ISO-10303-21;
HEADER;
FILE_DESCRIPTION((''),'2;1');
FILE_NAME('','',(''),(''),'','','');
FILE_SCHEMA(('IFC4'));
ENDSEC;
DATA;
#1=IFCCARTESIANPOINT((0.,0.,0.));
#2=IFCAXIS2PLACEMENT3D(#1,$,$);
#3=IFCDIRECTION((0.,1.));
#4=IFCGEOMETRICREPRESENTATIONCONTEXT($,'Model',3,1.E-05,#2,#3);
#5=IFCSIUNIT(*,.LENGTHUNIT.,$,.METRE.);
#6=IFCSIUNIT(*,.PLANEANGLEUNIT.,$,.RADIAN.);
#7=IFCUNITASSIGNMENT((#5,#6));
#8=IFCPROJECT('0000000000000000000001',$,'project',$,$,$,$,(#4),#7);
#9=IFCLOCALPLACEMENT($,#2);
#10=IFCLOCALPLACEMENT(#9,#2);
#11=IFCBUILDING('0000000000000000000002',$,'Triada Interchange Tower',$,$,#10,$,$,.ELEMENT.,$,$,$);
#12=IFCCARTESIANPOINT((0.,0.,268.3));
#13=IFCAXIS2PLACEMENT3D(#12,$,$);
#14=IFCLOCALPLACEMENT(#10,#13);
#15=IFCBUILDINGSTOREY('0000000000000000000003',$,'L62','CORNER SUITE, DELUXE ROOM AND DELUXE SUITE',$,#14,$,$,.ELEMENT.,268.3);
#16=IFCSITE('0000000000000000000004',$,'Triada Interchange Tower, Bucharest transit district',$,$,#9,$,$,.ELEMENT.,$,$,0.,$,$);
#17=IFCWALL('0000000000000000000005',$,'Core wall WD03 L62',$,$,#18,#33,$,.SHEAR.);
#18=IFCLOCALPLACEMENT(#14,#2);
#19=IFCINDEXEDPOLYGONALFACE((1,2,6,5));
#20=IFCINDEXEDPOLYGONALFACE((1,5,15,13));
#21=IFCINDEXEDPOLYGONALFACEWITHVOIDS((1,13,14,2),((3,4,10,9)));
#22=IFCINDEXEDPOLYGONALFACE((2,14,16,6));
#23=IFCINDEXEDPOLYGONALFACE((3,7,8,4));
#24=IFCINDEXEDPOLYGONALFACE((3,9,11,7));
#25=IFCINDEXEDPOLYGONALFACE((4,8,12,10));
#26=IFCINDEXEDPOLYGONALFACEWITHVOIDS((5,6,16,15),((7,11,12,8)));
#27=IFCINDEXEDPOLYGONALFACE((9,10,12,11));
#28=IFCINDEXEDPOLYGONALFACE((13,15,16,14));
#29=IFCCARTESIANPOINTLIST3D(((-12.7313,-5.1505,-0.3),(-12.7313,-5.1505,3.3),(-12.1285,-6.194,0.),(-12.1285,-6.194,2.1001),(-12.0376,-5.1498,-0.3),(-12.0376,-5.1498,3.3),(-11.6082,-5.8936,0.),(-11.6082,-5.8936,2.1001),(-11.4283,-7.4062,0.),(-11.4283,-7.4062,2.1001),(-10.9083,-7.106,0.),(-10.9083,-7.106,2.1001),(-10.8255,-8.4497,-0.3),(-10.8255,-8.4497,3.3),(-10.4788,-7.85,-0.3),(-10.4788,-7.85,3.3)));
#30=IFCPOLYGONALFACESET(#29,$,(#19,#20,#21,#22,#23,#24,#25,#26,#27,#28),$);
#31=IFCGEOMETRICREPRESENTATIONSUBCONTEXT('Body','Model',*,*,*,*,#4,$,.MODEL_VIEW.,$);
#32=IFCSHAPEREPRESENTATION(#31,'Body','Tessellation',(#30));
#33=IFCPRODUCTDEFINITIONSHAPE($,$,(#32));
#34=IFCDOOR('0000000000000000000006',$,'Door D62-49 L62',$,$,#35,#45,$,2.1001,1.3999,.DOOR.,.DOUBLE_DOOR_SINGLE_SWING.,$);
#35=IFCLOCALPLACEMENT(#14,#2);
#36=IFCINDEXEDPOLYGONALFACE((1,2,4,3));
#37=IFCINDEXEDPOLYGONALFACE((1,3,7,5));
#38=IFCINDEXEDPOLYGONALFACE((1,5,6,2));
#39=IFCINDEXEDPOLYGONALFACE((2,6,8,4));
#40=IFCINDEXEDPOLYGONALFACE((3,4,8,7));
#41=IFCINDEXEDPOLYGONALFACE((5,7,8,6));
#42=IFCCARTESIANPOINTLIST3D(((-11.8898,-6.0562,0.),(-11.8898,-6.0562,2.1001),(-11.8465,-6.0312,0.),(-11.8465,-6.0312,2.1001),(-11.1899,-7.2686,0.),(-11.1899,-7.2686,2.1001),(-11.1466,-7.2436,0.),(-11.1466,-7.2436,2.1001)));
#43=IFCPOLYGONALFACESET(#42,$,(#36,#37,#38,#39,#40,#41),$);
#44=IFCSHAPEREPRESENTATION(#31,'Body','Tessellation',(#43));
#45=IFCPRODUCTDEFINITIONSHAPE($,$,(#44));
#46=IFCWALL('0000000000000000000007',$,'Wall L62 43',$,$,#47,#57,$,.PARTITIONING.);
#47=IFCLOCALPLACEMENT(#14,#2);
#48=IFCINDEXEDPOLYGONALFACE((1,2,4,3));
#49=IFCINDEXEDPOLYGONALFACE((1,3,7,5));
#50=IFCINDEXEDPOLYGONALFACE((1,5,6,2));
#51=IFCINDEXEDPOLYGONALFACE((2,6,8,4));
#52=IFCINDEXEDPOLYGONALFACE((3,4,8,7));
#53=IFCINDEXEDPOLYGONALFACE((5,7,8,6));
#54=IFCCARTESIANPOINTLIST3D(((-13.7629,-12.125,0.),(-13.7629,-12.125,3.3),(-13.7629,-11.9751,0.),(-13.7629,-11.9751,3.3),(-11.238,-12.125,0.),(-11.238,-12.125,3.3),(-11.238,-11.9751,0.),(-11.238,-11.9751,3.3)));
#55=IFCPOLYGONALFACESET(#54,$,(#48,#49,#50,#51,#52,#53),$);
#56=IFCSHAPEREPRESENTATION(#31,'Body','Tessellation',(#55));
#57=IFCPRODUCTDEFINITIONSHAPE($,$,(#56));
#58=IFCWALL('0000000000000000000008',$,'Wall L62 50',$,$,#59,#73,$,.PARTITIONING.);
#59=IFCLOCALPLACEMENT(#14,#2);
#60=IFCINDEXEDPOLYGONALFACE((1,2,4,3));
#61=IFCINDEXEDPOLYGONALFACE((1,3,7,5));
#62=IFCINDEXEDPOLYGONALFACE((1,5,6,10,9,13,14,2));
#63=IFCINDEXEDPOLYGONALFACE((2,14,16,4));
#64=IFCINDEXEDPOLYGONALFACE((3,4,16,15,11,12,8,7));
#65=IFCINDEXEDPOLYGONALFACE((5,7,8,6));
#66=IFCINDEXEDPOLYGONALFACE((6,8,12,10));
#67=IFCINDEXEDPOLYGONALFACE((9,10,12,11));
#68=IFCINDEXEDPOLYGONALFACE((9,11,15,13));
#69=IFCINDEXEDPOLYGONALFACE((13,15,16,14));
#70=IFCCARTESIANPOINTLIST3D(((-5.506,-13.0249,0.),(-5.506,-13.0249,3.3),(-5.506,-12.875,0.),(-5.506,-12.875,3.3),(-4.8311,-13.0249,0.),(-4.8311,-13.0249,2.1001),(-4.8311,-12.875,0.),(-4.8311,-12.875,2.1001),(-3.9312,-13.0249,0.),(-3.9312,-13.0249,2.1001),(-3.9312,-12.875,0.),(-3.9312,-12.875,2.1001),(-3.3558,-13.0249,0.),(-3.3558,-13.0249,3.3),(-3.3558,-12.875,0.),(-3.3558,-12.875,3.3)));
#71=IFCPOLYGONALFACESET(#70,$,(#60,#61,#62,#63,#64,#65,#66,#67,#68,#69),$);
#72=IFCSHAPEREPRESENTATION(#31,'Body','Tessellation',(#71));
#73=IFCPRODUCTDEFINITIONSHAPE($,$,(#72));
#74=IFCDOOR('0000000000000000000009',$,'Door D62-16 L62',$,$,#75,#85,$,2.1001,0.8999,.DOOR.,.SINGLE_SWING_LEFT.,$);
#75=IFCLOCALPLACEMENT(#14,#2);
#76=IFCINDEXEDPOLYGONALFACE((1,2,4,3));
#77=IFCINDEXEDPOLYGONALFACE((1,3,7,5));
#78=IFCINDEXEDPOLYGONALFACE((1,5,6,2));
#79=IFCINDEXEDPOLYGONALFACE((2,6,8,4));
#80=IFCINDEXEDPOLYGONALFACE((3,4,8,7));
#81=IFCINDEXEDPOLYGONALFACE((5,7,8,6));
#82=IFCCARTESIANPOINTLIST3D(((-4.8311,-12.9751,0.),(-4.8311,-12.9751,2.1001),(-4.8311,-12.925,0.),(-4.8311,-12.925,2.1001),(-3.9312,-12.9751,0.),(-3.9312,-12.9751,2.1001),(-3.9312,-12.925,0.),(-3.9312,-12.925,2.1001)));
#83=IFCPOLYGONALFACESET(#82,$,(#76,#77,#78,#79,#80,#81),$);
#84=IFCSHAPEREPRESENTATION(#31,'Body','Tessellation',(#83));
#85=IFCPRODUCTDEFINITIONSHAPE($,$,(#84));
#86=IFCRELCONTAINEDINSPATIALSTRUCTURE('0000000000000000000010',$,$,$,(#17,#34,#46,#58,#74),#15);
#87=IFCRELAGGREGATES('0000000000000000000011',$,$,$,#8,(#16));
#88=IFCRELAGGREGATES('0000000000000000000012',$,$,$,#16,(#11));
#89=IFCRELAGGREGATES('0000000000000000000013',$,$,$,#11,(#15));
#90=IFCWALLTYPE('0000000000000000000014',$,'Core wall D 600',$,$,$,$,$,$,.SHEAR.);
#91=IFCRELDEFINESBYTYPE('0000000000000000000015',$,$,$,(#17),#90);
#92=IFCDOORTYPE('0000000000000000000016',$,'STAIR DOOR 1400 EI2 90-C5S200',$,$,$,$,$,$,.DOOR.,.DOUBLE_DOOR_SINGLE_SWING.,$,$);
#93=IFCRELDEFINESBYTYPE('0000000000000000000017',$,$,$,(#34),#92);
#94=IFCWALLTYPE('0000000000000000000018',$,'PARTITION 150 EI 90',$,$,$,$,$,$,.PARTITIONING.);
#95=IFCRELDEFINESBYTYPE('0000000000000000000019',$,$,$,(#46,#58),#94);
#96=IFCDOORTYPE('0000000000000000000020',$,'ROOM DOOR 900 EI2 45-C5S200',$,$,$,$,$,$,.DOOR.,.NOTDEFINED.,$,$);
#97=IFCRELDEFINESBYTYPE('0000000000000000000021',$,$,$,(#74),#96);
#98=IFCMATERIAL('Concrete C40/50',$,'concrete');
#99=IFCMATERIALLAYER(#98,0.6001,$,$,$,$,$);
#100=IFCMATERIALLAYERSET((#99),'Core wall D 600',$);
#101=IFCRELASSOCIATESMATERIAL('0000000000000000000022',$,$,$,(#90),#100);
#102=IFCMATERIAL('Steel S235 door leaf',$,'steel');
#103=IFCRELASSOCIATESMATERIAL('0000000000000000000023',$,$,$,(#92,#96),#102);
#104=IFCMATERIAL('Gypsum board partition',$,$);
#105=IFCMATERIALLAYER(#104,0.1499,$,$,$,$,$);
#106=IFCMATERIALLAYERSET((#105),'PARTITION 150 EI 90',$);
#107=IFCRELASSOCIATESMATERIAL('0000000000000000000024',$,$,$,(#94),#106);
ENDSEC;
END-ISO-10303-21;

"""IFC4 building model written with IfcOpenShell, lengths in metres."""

from ifc_helpers import new_model, si_unit, direction, frame, frame_2d, origin, place, context, subcontext, project, spatial, polyline, rectangle, outline, extrude, material, layer, layer_set, type_object, element, fill, save


model = new_model("IFC4")

# Units and contexts
model_context = context("Model", 3, precision=1e-05, world=origin(), true_north=direction((0.0, 1.0)))
body_context = subcontext(model_context, "Body", "Model", "MODEL_VIEW")
ifc_project = project(units=[si_unit("LENGTHUNIT", "METRE"), si_unit("PLANEANGLEUNIT", "RADIAN")], contexts=[model_context])

# Site, building, storey
site_placement = place(None, origin())
site = spatial("IfcSite", under=ifc_project, at=site_placement, Name="Triada Interchange Tower, Bucharest transit district", CompositionType="ELEMENT", RefElevation=0.0)
building_placement = place(site_placement, origin())
building = spatial("IfcBuilding", under=site, at=building_placement, Name="Triada Interchange Tower", CompositionType="ELEMENT")
storey_placement = place(building_placement, frame((0.0, 0.0, 268.3)))
storey = spatial("IfcBuildingStorey", under=building, at=storey_placement, Name="L62", Description="CORNER SUITE, DELUXE ROOM AND DELUXE SUITE", CompositionType="ELEMENT", Elevation=268.3)

# Shared definitions
ifc_material_1 = material(Name="Steel S235 door leaf", Category="steel")

# Wall, opening, door
ifc_material_2 = material(Name="Concrete C40/50", Category="concrete")
ifc_layer_1 = layer(ifc_material_2, 0.6001)
ifc_layer_set_1 = layer_set([ifc_layer_1], Name="Core wall D 600")
wall_type_1 = type_object("IfcWallType", Name="Core wall D 600", PredefinedType="SHEAR", material=ifc_layer_set_1)
wall_1_placement = place(storey_placement, frame((-12.384, -5.1499, -0.3), z_axis=(0.0, 0.0, 1.0), x_axis=(0.499975, -0.86604, 0.0)))
wall_1 = element("IfcWall", 1, at=wall_1_placement, inside=storey, type_object=wall_type_1, Name="Core wall WD03 L62", PredefinedType="SHEAR", context=body_context, shape_type="SweptSolid", body=[
    extrude(outline(polyline([(-0.1731, -0.301), (1.7319, -0.3005), (3.637, -0.3), (3.291, 0.3), (1.7319, 0.3), (0.1731, 0.3), (-0.1731, -0.301)])), origin(), (0.0, 0.0, 1.0), 3.6001),
])
opening_1_placement = place(wall_1_placement, frame((1.032, 0.0, 0.3)))
opening_1 = element("IfcOpeningElement", 2, at=opening_1_placement, cuts=wall_1, PredefinedType="OPENING", context=body_context, shape_type="SweptSolid", body=[
    extrude(rectangle(XDim=1.3999, YDim=2.1001, at=frame_2d((0.7, 1.05))), frame((0.0, 0.3101, 0.0), z_axis=(0.0, -1.0, 0.0), x_axis=(1.0, 0.0, 0.0)), (0.0, 0.0, 1.0), 0.6211),
])
door_type_1 = type_object("IfcDoorType", Name="STAIR DOOR 1400 EI2 90-C5S200", OperationType="DOUBLE_DOOR_SINGLE_SWING", PredefinedType="DOOR", material=ifc_material_1)
door_1_placement = place(opening_1_placement, origin())
door_1 = element("IfcDoor", 3, at=door_1_placement, inside=storey, type_object=door_type_1, Name="Door D62-49 L62", OperationType="DOUBLE_DOOR_SINGLE_SWING", OverallHeight=2.1001, OverallWidth=1.3999, PredefinedType="DOOR", context=body_context, shape_type="SweptSolid", body=[
    extrude(rectangle(XDim=1.3999, YDim=2.1001, at=frame_2d((0.7, 1.05))), frame((0.0, 0.0249, 0.0), z_axis=(0.0, -1.0, 0.0), x_axis=(1.0, 0.0, 0.0)), (0.0, 0.0, 1.0), 0.05),
])
fill(opening_1, door_1)

# Wall
ifc_material_3 = material(Name="Gypsum board partition")
ifc_layer_2 = layer(ifc_material_3, 0.1499)
ifc_layer_set_2 = layer_set([ifc_layer_2], Name="PARTITION 150 EI 90")
wall_type_2 = type_object("IfcWallType", Name="PARTITION 150 EI 90", PredefinedType="PARTITIONING", material=ifc_layer_set_2)
wall_2_placement = place(storey_placement, frame((-13.7629, -12.05, 0.0), z_axis=(0.0, 0.0, 1.0), x_axis=(1.0, 0.0, 0.0)))
element("IfcWall", 4, at=wall_2_placement, inside=storey, type_object=wall_type_2, Name="Wall L62 43", PredefinedType="PARTITIONING", context=body_context, shape_type="SweptSolid", body=[
    extrude(rectangle(XDim=2.5249, YDim=0.1499, at=frame_2d((1.2625, 0.0))), origin(), (0.0, 0.0, 1.0), 3.3),
])

# Wall, opening, door
wall_3_placement = place(storey_placement, frame((-5.5061, -12.95, 0.0), z_axis=(0.0, 0.0, 1.0), x_axis=(1.0, 0.0, 0.0)))
wall_3 = element("IfcWall", 5, at=wall_3_placement, inside=storey, type_object=wall_type_2, Name="Wall L62 50", PredefinedType="PARTITIONING", context=body_context, shape_type="SweptSolid", body=[
    extrude(rectangle(XDim=2.1501, YDim=0.1499, at=frame_2d((1.0752, 0.0))), origin(), (0.0, 0.0, 1.0), 3.3),
])
opening_2_placement = place(wall_3_placement, frame((0.675, 0.0, 0.0)))
opening_2 = element("IfcOpeningElement", 6, at=opening_2_placement, cuts=wall_3, PredefinedType="OPENING", context=body_context, shape_type="SweptSolid", body=[
    extrude(rectangle(XDim=0.8999, YDim=2.1001, at=frame_2d((0.45, 1.05))), frame((0.0, 0.085, 0.0), z_axis=(0.0, -1.0, 0.0), x_axis=(1.0, 0.0, 0.0)), (0.0, 0.0, 1.0), 0.1699),
])
door_type_2 = type_object("IfcDoorType", Name="ROOM DOOR 900 EI2 45-C5S200", OperationType="NOTDEFINED", PredefinedType="DOOR", material=ifc_material_1)
door_2_placement = place(opening_2_placement, origin())
door_2 = element("IfcDoor", 7, at=door_2_placement, inside=storey, type_object=door_type_2, Name="Door D62-16 L62", OperationType="SINGLE_SWING_LEFT", OverallHeight=2.1001, OverallWidth=0.8999, PredefinedType="DOOR", context=body_context, shape_type="SweptSolid", body=[
    extrude(rectangle(XDim=0.8999, YDim=2.1001, at=frame_2d((0.45, 1.05))), frame((0.0, 0.0249, 0.0), z_axis=(0.0, -1.0, 0.0), x_axis=(1.0, 0.0, 0.0)), (0.0, 0.0, 1.0), 0.05),
])
fill(opening_2, door_2)

save(model, "model.ifc")
